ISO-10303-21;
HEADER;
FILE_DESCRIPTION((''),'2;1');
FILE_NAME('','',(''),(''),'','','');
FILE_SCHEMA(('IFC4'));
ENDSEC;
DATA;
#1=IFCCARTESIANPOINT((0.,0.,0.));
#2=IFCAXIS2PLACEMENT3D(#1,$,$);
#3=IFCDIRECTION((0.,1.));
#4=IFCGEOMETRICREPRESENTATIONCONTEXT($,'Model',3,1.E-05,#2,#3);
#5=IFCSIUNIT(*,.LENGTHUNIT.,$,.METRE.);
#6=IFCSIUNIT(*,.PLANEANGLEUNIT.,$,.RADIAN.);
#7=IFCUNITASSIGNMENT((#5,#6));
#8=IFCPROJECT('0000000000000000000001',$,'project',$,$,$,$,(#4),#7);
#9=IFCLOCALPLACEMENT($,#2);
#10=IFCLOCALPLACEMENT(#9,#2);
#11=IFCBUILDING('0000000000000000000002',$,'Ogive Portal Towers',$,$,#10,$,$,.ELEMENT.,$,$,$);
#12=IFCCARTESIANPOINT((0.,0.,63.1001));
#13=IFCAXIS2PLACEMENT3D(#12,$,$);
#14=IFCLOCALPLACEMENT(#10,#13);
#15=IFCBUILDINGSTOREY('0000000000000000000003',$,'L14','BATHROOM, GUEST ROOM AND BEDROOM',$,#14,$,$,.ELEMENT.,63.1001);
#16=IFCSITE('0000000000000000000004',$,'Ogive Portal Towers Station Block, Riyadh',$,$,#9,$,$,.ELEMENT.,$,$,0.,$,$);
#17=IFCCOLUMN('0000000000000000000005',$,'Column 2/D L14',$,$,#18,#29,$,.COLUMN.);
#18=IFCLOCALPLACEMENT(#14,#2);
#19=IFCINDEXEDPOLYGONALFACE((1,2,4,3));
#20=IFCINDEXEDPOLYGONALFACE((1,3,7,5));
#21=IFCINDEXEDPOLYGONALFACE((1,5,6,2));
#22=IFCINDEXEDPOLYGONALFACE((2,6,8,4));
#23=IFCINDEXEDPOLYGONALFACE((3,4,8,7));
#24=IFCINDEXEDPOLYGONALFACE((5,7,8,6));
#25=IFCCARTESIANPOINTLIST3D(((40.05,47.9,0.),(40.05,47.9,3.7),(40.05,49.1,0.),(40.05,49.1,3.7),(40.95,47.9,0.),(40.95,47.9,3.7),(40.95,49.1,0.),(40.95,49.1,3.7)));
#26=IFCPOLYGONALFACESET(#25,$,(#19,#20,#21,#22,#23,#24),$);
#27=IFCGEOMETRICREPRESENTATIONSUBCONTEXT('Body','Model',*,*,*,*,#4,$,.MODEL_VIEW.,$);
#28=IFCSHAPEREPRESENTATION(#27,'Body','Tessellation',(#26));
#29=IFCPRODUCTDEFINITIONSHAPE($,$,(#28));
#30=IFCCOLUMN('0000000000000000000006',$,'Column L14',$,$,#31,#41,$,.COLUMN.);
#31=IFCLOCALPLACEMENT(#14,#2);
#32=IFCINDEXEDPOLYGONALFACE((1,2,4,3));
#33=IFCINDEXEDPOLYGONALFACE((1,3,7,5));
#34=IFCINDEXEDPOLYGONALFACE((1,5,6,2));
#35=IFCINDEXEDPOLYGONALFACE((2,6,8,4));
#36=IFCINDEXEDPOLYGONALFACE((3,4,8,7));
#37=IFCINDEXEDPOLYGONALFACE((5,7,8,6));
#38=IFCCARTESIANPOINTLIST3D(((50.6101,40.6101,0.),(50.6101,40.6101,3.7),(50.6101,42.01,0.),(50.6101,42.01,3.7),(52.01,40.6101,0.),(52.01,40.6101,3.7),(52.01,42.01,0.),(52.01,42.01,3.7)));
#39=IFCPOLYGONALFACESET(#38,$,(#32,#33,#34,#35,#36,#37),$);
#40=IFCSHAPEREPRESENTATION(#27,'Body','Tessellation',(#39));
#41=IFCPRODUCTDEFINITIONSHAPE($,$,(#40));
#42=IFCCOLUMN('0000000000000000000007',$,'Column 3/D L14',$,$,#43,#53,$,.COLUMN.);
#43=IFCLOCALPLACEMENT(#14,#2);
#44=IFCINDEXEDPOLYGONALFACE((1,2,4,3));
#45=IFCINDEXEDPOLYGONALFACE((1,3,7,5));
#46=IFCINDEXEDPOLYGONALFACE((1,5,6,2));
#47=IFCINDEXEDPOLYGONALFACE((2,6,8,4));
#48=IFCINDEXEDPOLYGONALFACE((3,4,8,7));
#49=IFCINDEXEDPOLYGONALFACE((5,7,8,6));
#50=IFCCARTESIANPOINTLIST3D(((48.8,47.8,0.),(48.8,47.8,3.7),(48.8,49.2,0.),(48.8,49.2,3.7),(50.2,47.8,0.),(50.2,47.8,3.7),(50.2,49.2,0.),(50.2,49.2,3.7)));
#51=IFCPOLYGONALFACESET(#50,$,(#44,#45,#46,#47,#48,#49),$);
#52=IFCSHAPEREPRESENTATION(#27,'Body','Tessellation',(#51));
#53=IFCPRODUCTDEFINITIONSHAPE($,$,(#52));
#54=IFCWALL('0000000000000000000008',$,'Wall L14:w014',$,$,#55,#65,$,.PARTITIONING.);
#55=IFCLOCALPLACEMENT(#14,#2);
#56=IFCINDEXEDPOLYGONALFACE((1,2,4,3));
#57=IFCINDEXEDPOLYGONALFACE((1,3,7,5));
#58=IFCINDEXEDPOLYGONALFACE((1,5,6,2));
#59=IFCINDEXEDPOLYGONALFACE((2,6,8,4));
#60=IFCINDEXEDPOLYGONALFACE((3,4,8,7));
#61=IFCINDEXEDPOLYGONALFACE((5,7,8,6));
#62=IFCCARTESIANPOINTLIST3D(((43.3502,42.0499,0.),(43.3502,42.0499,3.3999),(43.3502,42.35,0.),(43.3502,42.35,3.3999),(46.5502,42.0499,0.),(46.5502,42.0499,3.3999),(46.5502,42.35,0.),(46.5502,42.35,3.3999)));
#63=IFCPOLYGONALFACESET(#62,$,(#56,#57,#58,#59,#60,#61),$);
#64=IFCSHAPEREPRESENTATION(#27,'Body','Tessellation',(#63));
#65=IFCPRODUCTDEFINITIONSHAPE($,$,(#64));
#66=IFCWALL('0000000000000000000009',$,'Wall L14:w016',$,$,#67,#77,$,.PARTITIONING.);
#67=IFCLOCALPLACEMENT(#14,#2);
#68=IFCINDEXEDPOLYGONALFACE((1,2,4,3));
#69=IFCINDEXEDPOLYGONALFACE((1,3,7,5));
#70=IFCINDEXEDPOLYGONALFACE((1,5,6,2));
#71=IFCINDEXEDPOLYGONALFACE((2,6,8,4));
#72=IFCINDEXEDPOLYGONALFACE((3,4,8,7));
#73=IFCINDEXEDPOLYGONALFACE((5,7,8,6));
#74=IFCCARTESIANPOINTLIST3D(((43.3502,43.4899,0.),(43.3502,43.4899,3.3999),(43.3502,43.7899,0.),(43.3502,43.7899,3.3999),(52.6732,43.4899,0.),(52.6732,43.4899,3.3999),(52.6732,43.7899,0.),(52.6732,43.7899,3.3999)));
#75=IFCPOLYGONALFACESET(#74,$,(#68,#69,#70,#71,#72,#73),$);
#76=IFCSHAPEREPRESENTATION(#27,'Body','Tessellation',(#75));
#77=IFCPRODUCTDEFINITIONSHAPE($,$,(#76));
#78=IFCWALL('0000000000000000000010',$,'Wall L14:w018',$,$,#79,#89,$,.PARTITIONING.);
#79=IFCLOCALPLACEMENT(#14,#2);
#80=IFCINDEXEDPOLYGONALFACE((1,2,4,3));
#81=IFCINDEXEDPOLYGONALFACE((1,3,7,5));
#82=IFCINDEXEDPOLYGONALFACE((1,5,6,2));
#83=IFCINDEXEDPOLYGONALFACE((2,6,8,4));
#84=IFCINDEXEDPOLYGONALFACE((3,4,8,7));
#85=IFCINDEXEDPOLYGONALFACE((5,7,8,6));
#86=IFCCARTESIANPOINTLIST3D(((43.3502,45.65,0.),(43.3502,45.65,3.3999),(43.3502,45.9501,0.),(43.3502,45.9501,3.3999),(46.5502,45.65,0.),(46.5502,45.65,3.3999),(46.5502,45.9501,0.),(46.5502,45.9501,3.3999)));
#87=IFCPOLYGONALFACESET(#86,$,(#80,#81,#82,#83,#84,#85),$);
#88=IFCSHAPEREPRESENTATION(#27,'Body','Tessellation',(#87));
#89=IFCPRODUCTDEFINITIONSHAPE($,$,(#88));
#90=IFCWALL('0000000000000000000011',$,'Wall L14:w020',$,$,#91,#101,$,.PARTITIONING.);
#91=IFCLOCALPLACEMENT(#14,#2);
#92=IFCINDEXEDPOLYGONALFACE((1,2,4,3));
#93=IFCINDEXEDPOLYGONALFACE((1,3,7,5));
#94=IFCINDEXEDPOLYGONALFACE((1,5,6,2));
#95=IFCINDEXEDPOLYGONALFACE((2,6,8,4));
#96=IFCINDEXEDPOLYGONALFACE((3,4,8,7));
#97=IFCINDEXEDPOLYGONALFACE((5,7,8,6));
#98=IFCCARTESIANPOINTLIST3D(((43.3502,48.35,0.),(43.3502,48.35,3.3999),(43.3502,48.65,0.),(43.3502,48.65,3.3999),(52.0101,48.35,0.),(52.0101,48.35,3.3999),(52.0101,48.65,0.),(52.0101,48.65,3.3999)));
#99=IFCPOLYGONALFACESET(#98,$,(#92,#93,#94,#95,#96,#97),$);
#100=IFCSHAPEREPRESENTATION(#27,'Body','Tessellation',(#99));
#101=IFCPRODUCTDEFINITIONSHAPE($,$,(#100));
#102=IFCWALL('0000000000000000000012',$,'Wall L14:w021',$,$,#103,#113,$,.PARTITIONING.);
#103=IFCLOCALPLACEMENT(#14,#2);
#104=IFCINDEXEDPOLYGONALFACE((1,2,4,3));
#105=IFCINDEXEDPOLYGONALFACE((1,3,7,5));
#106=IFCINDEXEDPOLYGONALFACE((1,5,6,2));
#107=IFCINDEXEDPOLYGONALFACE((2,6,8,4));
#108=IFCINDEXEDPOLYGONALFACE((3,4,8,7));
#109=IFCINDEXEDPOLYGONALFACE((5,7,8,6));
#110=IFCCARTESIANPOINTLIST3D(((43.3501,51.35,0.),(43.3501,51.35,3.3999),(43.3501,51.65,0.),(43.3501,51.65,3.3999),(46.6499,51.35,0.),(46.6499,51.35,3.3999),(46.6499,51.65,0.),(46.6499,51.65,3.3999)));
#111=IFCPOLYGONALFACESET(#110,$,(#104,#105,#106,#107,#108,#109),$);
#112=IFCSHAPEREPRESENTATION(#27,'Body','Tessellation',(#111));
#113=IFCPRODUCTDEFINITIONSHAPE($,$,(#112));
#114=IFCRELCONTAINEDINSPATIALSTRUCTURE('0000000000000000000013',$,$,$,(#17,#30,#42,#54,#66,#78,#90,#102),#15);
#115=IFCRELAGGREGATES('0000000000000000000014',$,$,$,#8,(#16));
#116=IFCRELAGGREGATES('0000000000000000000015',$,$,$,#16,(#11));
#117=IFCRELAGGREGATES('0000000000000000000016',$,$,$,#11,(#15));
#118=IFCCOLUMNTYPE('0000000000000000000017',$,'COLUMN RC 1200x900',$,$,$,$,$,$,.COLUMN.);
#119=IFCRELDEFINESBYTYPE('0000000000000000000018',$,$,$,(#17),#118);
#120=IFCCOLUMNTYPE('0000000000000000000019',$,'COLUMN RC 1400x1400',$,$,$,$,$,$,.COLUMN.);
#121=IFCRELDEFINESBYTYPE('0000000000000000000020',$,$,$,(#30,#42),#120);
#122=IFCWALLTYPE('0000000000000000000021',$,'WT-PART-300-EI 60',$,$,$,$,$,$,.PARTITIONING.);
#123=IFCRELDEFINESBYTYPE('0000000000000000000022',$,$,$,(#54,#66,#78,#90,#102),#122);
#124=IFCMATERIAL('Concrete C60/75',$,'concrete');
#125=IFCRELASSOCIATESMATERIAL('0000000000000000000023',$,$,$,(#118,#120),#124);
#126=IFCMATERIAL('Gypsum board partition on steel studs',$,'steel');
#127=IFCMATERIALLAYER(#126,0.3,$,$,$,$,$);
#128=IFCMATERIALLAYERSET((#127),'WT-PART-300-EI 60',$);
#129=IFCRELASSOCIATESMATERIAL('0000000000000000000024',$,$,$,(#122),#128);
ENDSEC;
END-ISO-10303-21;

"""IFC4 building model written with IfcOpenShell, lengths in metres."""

from ifc_helpers import new_model, si_unit, direction, frame, frame_2d, origin, origin_2d, place, context, subcontext, project, spatial, rectangle, extrude, material, layer, layer_set, material_profile, profile_set, type_object, element, save


model = new_model("IFC4")

# Units and contexts
model_context = context("Model", 3, precision=1e-05, world=origin(), true_north=direction((0.0, 1.0)))
body_context = subcontext(model_context, "Body", "Model", "MODEL_VIEW")
ifc_project = project(units=[si_unit("LENGTHUNIT", "METRE"), si_unit("PLANEANGLEUNIT", "RADIAN")], contexts=[model_context])

# Site, building, storey
site_placement = place(None, origin())
site = spatial("IfcSite", under=ifc_project, at=site_placement, Name="Ogive Portal Towers Station Block, Riyadh", CompositionType="ELEMENT", RefElevation=0.0)
building_placement = place(site_placement, origin())
building = spatial("IfcBuilding", under=site, at=building_placement, Name="Ogive Portal Towers", CompositionType="ELEMENT")
storey_placement = place(building_placement, frame((0.0, 0.0, 63.1001)))
storey = spatial("IfcBuildingStorey", under=building, at=storey_placement, Name="L14", Description="BATHROOM, GUEST ROOM AND BEDROOM", CompositionType="ELEMENT", Elevation=63.1001)

# Columns
ifc_material_1 = material(Name="Concrete C60/75", Category="concrete")
ifc_material_profile_1 = material_profile(ifc_material_1, rectangle(XDim=1.2, YDim=0.8999, at=origin_2d()), Name="RC 1200x900")
ifc_profile_set_1 = profile_set([ifc_material_profile_1], Name="Concrete C60/75")
column_type_1 = type_object("IfcColumnType", Name="COLUMN RC 1200x900", PredefinedType="COLUMN", material=ifc_profile_set_1)
column_placement = place(storey_placement, frame((40.5, 48.5, 0.0), z_axis=(0.0, 0.0, 1.0), x_axis=(0.0, 1.0, 0.0)))
element("IfcColumn", 1, at=column_placement, inside=storey, type_object=column_type_1, Name="Column 2/D L14", PredefinedType="COLUMN", context=body_context, shape_type="SweptSolid", body=[
    extrude(rectangle(XDim=1.2, YDim=0.8999, at=origin_2d()), origin(), (0.0, 0.0, 1.0), 3.7),
])
ifc_material_profile_2 = material_profile(ifc_material_1, rectangle(XDim=1.3999, YDim=1.3999, at=origin_2d()), Name="RC 1400x1400")
ifc_profile_set_2 = profile_set([ifc_material_profile_2], Name="Concrete C60/75")
column_type_2 = type_object("IfcColumnType", Name="COLUMN RC 1400x1400", PredefinedType="COLUMN", material=ifc_profile_set_2)
for number, where, z_axis, x_axis, name in (
    (2, (51.3101, 41.3101, 0.0), (0.0, 0.0, 1.0), (1.0, 0.0, 0.0), "Column L14"),
    (3, (49.5, 48.5, 0.0), (0.0, 0.0, 1.0), (1.0, 0.0, 0.0), "Column 3/D L14"),
):
    element("IfcColumn", number, at=place(storey_placement, frame(where, z_axis=z_axis, x_axis=x_axis)), inside=storey, type_object=column_type_2, Name=name, PredefinedType="COLUMN", context=body_context, shape_type="SweptSolid", body=[
        extrude(rectangle(XDim=1.3999, YDim=1.3999, at=origin_2d()), origin(), (0.0, 0.0, 1.0), 3.7),
    ])

# Walls
ifc_material_2 = material(Name="Gypsum board partition on steel studs", Category="steel")
ifc_layer_1 = layer(ifc_material_2, 0.3)
ifc_layer_set_1 = layer_set([ifc_layer_1], Name="WT-PART-300-EI 60")
wall_type_1 = type_object("IfcWallType", Name="WT-PART-300-EI 60", PredefinedType="PARTITIONING", material=ifc_layer_set_1)
wall_1_placement = place(storey_placement, frame((43.3501, 42.2, 0.0), z_axis=(0.0, 0.0, 1.0), x_axis=(1.0, 0.0, 0.0)))
element("IfcWall", 4, at=wall_1_placement, inside=storey, type_object=wall_type_1, Name="Wall L14:w014", PredefinedType="PARTITIONING", context=body_context, shape_type="SweptSolid", body=[
    extrude(rectangle(XDim=3.2, YDim=0.3, at=frame_2d((1.6001, 0.0))), origin(), (0.0, 0.0, 1.0), 3.3999),
])
wall_2_placement = place(storey_placement, frame((43.3501, 43.6399, 0.0), z_axis=(0.0, 0.0, 1.0), x_axis=(1.0, 0.0, 0.0)))
element("IfcWall", 5, at=wall_2_placement, inside=storey, type_object=wall_type_1, Name="Wall L14:w016", PredefinedType="PARTITIONING", context=body_context, shape_type="SweptSolid", body=[
    extrude(rectangle(XDim=9.323, YDim=0.3, at=frame_2d((4.6616, 0.0))), origin(), (0.0, 0.0, 1.0), 3.3999),
])
wall_3_placement = place(storey_placement, frame((43.3501, 45.8, 0.0), z_axis=(0.0, 0.0, 1.0), x_axis=(1.0, 0.0, 0.0)))
element("IfcWall", 6, at=wall_3_placement, inside=storey, type_object=wall_type_1, Name="Wall L14:w018", PredefinedType="PARTITIONING", context=body_context, shape_type="SweptSolid", body=[
    extrude(rectangle(XDim=3.2, YDim=0.3, at=frame_2d((1.6001, 0.0))), origin(), (0.0, 0.0, 1.0), 3.3999),
])
wall_4_placement = place(storey_placement, frame((43.3501, 48.5, 0.0), z_axis=(0.0, 0.0, 1.0), x_axis=(1.0, 0.0, 0.0)))
element("IfcWall", 7, at=wall_4_placement, inside=storey, type_object=wall_type_1, Name="Wall L14:w020", PredefinedType="PARTITIONING", context=body_context, shape_type="SweptSolid", body=[
    extrude(rectangle(XDim=8.6599, YDim=0.3, at=frame_2d((4.3301, 0.0))), origin(), (0.0, 0.0, 1.0), 3.3999),
])
wall_5_placement = place(storey_placement, frame((43.3501, 51.5, 0.0), z_axis=(0.0, 0.0, 1.0), x_axis=(1.0, 0.0, 0.0)))
element("IfcWall", 8, at=wall_5_placement, inside=storey, type_object=wall_type_1, Name="Wall L14:w021", PredefinedType="PARTITIONING", context=body_context, shape_type="SweptSolid", body=[
    extrude(rectangle(XDim=3.2998, YDim=0.3, at=frame_2d((1.6499, 0.0))), origin(), (0.0, 0.0, 1.0), 3.3999),
])

save(model, "model.ifc")
